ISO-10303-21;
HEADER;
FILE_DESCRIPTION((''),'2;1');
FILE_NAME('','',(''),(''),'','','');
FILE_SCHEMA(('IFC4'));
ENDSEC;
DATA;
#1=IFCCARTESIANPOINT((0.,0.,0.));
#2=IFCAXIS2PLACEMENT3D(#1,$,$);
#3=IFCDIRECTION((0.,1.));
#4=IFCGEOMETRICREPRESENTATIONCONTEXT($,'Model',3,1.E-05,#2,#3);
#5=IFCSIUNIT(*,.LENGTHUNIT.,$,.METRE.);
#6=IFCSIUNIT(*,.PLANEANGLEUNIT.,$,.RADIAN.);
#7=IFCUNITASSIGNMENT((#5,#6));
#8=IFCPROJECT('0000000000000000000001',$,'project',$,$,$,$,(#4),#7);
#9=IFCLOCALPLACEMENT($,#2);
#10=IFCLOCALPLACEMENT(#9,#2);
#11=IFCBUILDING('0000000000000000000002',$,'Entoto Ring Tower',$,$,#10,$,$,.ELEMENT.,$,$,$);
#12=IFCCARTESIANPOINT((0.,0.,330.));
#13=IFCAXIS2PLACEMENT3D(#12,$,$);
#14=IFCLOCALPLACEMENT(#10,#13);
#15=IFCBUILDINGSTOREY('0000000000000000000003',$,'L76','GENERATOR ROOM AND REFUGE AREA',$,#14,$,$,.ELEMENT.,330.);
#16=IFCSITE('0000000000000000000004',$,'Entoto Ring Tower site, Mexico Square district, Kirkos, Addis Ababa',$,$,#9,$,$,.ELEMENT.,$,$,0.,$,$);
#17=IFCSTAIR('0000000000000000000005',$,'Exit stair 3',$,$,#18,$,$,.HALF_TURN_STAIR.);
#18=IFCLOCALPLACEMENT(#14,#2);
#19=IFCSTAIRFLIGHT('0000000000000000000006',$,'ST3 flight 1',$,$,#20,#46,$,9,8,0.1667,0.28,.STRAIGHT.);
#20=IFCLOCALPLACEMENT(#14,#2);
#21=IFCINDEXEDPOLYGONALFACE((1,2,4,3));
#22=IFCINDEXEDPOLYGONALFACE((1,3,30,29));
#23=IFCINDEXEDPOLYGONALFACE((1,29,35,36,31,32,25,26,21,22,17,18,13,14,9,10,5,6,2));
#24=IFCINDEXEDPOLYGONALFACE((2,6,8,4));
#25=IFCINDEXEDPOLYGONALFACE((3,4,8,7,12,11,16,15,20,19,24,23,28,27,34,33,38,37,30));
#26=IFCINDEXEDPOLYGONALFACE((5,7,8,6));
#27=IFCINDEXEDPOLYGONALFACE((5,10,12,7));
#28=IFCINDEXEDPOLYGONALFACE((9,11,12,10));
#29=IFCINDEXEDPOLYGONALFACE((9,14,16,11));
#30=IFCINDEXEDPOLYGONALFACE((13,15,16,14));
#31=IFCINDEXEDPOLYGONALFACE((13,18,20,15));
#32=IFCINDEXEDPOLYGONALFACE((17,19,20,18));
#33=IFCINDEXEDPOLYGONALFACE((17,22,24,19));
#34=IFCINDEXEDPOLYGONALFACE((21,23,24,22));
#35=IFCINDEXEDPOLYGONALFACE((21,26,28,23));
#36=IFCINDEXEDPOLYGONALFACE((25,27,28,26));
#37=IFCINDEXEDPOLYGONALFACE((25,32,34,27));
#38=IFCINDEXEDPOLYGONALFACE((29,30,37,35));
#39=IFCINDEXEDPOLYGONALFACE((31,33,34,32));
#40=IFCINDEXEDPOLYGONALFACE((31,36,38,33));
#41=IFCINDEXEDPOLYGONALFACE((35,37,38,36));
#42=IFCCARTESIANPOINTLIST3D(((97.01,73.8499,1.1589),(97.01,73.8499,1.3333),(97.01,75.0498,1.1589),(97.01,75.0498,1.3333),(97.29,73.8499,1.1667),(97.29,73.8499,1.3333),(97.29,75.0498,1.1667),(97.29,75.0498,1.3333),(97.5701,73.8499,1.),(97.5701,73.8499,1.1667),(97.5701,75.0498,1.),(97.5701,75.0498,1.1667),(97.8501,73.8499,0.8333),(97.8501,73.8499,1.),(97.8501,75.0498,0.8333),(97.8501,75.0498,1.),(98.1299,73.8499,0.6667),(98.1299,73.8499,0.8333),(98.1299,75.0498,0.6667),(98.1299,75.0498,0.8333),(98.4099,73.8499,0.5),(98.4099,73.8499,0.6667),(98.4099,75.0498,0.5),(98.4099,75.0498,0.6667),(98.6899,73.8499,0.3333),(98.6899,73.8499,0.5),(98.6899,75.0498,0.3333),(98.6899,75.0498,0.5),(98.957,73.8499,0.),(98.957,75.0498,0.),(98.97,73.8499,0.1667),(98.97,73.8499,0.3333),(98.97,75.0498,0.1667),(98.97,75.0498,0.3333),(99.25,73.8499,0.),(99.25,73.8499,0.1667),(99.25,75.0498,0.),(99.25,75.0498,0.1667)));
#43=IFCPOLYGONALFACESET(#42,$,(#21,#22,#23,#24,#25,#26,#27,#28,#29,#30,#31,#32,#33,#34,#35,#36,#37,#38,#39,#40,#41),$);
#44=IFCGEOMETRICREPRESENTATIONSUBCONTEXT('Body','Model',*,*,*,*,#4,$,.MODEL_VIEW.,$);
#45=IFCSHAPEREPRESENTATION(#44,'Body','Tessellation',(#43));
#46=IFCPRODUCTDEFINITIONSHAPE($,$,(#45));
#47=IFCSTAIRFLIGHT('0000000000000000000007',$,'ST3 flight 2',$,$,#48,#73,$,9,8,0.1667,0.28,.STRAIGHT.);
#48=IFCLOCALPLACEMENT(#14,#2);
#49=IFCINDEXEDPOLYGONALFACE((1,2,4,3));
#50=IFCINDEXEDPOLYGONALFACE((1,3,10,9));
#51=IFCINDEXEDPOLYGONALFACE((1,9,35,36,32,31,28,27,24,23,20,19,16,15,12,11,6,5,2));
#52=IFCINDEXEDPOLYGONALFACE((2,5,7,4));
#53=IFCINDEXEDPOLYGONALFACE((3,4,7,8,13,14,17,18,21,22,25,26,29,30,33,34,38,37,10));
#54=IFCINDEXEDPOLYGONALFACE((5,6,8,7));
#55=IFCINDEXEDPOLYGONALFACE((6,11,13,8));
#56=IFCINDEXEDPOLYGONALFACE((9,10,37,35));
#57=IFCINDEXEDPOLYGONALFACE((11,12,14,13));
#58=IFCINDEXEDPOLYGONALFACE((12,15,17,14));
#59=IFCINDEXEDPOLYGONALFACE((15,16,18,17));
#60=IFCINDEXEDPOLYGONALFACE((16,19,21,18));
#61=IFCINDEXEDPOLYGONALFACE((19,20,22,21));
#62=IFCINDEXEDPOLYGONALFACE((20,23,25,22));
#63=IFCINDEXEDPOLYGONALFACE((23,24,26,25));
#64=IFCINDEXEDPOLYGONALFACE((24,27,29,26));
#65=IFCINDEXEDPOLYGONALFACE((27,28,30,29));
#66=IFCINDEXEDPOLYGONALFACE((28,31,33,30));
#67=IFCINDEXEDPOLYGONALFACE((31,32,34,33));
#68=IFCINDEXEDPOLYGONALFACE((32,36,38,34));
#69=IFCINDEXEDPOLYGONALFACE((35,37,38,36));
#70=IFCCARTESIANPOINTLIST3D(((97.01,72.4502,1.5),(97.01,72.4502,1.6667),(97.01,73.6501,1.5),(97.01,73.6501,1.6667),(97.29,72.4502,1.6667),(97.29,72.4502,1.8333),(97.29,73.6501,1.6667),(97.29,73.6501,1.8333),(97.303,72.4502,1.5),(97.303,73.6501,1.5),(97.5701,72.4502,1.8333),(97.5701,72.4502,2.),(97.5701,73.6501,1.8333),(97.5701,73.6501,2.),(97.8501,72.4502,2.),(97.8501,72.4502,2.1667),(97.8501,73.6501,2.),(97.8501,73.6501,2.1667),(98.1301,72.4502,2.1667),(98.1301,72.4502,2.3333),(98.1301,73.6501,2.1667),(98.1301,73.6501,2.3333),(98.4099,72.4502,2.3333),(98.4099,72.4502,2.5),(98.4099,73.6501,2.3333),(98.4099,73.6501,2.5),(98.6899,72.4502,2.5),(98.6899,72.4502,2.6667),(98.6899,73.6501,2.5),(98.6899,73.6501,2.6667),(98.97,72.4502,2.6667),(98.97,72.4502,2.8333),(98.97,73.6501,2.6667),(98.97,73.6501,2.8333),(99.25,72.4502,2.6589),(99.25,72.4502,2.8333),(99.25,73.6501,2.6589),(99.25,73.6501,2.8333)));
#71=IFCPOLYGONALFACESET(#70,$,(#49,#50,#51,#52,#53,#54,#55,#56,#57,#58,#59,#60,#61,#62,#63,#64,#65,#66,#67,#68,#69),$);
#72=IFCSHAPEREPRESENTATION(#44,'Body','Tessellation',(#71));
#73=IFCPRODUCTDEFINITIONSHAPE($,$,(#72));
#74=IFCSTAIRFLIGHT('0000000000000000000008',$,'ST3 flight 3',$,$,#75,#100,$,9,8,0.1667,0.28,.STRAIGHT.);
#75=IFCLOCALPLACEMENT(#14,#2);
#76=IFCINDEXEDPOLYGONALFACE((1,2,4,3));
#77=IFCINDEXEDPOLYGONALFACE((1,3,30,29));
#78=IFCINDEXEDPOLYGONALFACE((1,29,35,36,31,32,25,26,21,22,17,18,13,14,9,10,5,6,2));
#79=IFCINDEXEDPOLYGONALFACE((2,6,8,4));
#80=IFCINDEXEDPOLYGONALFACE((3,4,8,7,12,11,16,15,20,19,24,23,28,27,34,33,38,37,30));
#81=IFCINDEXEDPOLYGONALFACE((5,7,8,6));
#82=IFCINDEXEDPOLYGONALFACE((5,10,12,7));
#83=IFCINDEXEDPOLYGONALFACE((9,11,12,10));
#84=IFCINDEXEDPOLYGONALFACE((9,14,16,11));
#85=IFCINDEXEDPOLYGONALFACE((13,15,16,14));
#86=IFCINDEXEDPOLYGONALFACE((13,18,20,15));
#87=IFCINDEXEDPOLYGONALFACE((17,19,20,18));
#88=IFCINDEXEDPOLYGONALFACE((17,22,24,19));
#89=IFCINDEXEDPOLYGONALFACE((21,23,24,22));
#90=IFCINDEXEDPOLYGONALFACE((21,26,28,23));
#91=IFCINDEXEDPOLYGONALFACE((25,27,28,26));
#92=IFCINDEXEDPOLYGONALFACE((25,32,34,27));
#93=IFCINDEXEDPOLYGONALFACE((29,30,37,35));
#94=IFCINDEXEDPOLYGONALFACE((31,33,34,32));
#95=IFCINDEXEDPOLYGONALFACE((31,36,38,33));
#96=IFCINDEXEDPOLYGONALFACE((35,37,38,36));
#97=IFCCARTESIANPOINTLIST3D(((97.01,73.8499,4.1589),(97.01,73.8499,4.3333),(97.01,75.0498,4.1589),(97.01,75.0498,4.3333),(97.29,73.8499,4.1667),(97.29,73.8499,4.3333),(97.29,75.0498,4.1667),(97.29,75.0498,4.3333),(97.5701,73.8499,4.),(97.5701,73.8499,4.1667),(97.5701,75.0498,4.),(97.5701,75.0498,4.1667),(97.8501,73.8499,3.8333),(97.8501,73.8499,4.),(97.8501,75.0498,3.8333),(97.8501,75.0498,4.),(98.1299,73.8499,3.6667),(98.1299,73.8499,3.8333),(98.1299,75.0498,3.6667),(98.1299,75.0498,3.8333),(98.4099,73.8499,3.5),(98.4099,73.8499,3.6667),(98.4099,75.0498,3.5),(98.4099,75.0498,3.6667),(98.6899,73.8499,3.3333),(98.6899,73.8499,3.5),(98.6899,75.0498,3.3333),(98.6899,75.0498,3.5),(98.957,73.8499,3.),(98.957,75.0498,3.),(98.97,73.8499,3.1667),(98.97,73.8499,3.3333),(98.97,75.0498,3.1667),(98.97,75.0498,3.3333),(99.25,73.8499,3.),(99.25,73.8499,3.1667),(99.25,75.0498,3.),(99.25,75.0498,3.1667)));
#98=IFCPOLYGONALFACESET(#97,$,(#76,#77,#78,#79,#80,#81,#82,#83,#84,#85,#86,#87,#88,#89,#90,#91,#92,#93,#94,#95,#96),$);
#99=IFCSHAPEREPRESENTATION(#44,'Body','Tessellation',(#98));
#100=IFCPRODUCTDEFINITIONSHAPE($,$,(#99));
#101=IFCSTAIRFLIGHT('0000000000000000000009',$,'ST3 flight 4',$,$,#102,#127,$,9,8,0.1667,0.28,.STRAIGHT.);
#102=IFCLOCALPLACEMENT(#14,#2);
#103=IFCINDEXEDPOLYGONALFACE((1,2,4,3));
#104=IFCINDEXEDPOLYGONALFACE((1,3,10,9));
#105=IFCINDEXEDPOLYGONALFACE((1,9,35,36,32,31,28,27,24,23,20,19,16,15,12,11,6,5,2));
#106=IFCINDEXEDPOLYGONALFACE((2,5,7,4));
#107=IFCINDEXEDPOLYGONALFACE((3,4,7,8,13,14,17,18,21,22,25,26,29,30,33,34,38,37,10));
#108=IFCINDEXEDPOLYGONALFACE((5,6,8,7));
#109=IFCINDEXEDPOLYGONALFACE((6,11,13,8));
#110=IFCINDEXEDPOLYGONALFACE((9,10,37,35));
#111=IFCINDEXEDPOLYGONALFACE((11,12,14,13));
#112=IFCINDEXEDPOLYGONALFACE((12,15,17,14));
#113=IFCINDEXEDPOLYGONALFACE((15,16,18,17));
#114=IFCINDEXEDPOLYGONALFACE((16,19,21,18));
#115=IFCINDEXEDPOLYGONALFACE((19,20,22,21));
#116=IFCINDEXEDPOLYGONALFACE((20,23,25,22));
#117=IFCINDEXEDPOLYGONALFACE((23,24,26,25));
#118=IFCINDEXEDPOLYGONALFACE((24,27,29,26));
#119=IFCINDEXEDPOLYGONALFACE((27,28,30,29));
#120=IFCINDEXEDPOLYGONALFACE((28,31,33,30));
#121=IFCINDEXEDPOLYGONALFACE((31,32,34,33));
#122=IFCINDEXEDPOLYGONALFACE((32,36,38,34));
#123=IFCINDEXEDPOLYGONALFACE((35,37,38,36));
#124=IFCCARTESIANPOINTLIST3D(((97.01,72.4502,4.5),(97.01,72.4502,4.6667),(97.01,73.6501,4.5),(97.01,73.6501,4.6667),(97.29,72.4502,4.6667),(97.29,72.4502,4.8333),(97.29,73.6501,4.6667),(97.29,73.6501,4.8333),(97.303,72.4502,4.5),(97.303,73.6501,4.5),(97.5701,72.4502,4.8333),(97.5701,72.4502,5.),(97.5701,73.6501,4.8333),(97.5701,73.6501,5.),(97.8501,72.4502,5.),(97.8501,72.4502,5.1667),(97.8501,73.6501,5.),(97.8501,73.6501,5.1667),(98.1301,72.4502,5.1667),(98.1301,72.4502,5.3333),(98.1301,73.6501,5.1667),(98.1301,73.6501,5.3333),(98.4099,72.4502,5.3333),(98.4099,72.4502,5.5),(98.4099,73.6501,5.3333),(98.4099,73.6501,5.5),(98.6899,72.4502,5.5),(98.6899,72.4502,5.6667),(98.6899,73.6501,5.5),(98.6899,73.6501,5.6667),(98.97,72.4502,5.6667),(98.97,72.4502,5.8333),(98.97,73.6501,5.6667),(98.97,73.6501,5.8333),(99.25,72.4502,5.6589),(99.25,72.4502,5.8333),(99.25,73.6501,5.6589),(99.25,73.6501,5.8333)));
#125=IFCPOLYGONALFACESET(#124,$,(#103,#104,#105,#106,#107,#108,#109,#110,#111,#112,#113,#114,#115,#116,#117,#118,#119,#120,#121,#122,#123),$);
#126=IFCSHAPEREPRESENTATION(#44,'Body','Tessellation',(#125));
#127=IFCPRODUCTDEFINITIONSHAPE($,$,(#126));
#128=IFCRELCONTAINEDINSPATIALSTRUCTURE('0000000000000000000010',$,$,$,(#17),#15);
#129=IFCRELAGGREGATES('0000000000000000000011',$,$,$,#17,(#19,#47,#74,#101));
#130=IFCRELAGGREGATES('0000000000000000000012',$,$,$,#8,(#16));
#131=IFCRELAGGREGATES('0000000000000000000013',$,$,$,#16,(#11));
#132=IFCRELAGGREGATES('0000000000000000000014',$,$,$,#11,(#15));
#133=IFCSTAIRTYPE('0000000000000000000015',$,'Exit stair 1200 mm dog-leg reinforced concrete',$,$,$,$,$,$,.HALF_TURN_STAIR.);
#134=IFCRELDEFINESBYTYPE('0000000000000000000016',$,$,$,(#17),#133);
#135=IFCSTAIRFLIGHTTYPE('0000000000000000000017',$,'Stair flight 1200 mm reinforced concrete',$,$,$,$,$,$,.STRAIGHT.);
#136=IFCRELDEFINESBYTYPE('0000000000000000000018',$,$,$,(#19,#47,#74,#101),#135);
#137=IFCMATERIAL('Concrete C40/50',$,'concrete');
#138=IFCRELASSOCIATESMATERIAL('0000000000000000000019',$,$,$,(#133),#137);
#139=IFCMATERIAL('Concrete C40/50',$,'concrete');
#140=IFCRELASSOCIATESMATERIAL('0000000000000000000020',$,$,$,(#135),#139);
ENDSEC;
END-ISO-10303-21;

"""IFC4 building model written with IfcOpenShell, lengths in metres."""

from ifc_helpers import new_model, si_unit, direction, frame, origin, place, context, subcontext, project, spatial, polyline, outline, extrude, material, type_object, element, aggregate, save


model = new_model("IFC4")

# Units and contexts
model_context = context("Model", 3, precision=1e-05, world=origin(), true_north=direction((0.0, 1.0)))
body_context = subcontext(model_context, "Body", "Model", "MODEL_VIEW")
ifc_project = project(units=[si_unit("LENGTHUNIT", "METRE"), si_unit("PLANEANGLEUNIT", "RADIAN")], contexts=[model_context])

# Site, building, storey
site_placement = place(None, origin())
site = spatial("IfcSite", under=ifc_project, at=site_placement, Name="Entoto Ring Tower site, Mexico Square district, Kirkos, Addis Ababa", CompositionType="ELEMENT", RefElevation=0.0)
building_placement = place(site_placement, origin())
building = spatial("IfcBuilding", under=site, at=building_placement, Name="Entoto Ring Tower", CompositionType="ELEMENT")
storey_placement = place(building_placement, frame((0.0, 0.0, 330.0)))
storey = spatial("IfcBuildingStorey", under=building, at=storey_placement, Name="L76", Description="GENERATOR ROOM AND REFUGE AREA", CompositionType="ELEMENT", Elevation=330.0)

# Stair, stair flights
ifc_material_1 = material(Name="Concrete C40/50", Category="concrete")
stair_type = type_object("IfcStairType", Name="Exit stair 1200 mm dog-leg reinforced concrete", PredefinedType="HALF_TURN_STAIR", material=ifc_material_1)
stair_placement = place(storey_placement, origin())
stair = element("IfcStair", 1, at=stair_placement, inside=storey, type_object=stair_type, Name="Exit stair 3", PredefinedType="HALF_TURN_STAIR")
ifc_material_2 = material(Name="Concrete C40/50", Category="concrete")
stair_flight_type = type_object("IfcStairFlightType", Name="Stair flight 1200 mm reinforced concrete", PredefinedType="STRAIGHT", material=ifc_material_2)
stair_flight_1_placement = place(storey_placement, frame((99.25, 74.45, 0.0), z_axis=(0.0, 0.0, 1.0), x_axis=(-1.0, 0.0, 0.0)))
stair_flight_1 = element("IfcStairFlight", 2, at=stair_flight_1_placement, type_object=stair_flight_type, Name="ST3 flight 1", NumberOfRisers=9, NumberOfTreads=8, PredefinedType="STRAIGHT", RiserHeight=0.1667, TreadLength=0.28, context=body_context, shape_type="SweptSolid", body=[
    extrude(outline(polyline([(0.0, 0.0), (0.0, 0.1667), (0.28, 0.1667), (0.28, 0.3333), (0.5601, 0.3333), (0.5601, 0.5), (0.8401, 0.5), (0.8401, 0.6667), (1.1201, 0.6667), (1.1201, 0.8333), (1.3999, 0.8333), (1.3999, 1.0), (1.6799, 1.0), (1.6799, 1.1667), (1.96, 1.1667), (1.96, 1.3333), (2.24, 1.3333), (2.24, 1.5), (2.24, 1.1589), (0.293, 0.0), (0.0, 0.0)])), frame((0.0, 0.6001, 0.0), z_axis=(0.0, -1.0, 0.0), x_axis=(1.0, 0.0, 0.0)), (0.0, 0.0, 1.0), 1.2),
])
stair_flight_2_placement = place(storey_placement, frame((97.01, 73.05, 1.5), z_axis=(0.0, 0.0, 1.0), x_axis=(1.0, 0.0, 0.0)))
stair_flight_2 = element("IfcStairFlight", 3, at=stair_flight_2_placement, type_object=stair_flight_type, Name="ST3 flight 2", NumberOfRisers=9, NumberOfTreads=8, PredefinedType="STRAIGHT", RiserHeight=0.1667, TreadLength=0.28, context=body_context, shape_type="SweptSolid", body=[
    extrude(outline(polyline([(0.0, 0.0), (0.0, 0.1667), (0.28, 0.1667), (0.28, 0.3333), (0.5601, 0.3333), (0.5601, 0.5), (0.8401, 0.5), (0.8401, 0.6667), (1.1201, 0.6667), (1.1201, 0.8333), (1.3999, 0.8333), (1.3999, 1.0), (1.6799, 1.0), (1.6799, 1.1667), (1.96, 1.1667), (1.96, 1.3333), (2.24, 1.3333), (2.24, 1.5), (2.24, 1.1589), (0.293, 0.0), (0.0, 0.0)])), frame((0.0, 0.6001, 0.0), z_axis=(0.0, -1.0, 0.0), x_axis=(1.0, 0.0, 0.0)), (0.0, 0.0, 1.0), 1.2),
])
stair_flight_3_placement = place(storey_placement, frame((99.25, 74.45, 3.0), z_axis=(0.0, 0.0, 1.0), x_axis=(-1.0, 0.0, 0.0)))
stair_flight_3 = element("IfcStairFlight", 4, at=stair_flight_3_placement, type_object=stair_flight_type, Name="ST3 flight 3", NumberOfRisers=9, NumberOfTreads=8, PredefinedType="STRAIGHT", RiserHeight=0.1667, TreadLength=0.28, context=body_context, shape_type="SweptSolid", body=[
    extrude(outline(polyline([(0.0, 0.0), (0.0, 0.1667), (0.28, 0.1667), (0.28, 0.3333), (0.5601, 0.3333), (0.5601, 0.5), (0.8401, 0.5), (0.8401, 0.6667), (1.1201, 0.6667), (1.1201, 0.8333), (1.3999, 0.8333), (1.3999, 1.0), (1.6799, 1.0), (1.6799, 1.1667), (1.96, 1.1667), (1.96, 1.3333), (2.24, 1.3333), (2.24, 1.5), (2.24, 1.1589), (0.293, 0.0), (0.0, 0.0)])), frame((0.0, 0.6001, 0.0), z_axis=(0.0, -1.0, 0.0), x_axis=(1.0, 0.0, 0.0)), (0.0, 0.0, 1.0), 1.2),
])
stair_flight_4_placement = place(storey_placement, frame((97.01, 73.05, 4.5), z_axis=(0.0, 0.0, 1.0), x_axis=(1.0, 0.0, 0.0)))
stair_flight_4 = element("IfcStairFlight", 5, at=stair_flight_4_placement, type_object=stair_flight_type, Name="ST3 flight 4", NumberOfRisers=9, NumberOfTreads=8, PredefinedType="STRAIGHT", RiserHeight=0.1667, TreadLength=0.28, context=body_context, shape_type="SweptSolid", body=[
    extrude(outline(polyline([(0.0, 0.0), (0.0, 0.1667), (0.28, 0.1667), (0.28, 0.3333), (0.5601, 0.3333), (0.5601, 0.5), (0.8401, 0.5), (0.8401, 0.6667), (1.1201, 0.6667), (1.1201, 0.8333), (1.3999, 0.8333), (1.3999, 1.0), (1.6799, 1.0), (1.6799, 1.1667), (1.96, 1.1667), (1.96, 1.3333), (2.24, 1.3333), (2.24, 1.5), (2.24, 1.1589), (0.293, 0.0), (0.0, 0.0)])), frame((0.0, 0.6001, 0.0), z_axis=(0.0, -1.0, 0.0), x_axis=(1.0, 0.0, 0.0)), (0.0, 0.0, 1.0), 1.2),
])
aggregate(stair, [stair_flight_1, stair_flight_2, stair_flight_3, stair_flight_4])

save(model, "model.ifc")
